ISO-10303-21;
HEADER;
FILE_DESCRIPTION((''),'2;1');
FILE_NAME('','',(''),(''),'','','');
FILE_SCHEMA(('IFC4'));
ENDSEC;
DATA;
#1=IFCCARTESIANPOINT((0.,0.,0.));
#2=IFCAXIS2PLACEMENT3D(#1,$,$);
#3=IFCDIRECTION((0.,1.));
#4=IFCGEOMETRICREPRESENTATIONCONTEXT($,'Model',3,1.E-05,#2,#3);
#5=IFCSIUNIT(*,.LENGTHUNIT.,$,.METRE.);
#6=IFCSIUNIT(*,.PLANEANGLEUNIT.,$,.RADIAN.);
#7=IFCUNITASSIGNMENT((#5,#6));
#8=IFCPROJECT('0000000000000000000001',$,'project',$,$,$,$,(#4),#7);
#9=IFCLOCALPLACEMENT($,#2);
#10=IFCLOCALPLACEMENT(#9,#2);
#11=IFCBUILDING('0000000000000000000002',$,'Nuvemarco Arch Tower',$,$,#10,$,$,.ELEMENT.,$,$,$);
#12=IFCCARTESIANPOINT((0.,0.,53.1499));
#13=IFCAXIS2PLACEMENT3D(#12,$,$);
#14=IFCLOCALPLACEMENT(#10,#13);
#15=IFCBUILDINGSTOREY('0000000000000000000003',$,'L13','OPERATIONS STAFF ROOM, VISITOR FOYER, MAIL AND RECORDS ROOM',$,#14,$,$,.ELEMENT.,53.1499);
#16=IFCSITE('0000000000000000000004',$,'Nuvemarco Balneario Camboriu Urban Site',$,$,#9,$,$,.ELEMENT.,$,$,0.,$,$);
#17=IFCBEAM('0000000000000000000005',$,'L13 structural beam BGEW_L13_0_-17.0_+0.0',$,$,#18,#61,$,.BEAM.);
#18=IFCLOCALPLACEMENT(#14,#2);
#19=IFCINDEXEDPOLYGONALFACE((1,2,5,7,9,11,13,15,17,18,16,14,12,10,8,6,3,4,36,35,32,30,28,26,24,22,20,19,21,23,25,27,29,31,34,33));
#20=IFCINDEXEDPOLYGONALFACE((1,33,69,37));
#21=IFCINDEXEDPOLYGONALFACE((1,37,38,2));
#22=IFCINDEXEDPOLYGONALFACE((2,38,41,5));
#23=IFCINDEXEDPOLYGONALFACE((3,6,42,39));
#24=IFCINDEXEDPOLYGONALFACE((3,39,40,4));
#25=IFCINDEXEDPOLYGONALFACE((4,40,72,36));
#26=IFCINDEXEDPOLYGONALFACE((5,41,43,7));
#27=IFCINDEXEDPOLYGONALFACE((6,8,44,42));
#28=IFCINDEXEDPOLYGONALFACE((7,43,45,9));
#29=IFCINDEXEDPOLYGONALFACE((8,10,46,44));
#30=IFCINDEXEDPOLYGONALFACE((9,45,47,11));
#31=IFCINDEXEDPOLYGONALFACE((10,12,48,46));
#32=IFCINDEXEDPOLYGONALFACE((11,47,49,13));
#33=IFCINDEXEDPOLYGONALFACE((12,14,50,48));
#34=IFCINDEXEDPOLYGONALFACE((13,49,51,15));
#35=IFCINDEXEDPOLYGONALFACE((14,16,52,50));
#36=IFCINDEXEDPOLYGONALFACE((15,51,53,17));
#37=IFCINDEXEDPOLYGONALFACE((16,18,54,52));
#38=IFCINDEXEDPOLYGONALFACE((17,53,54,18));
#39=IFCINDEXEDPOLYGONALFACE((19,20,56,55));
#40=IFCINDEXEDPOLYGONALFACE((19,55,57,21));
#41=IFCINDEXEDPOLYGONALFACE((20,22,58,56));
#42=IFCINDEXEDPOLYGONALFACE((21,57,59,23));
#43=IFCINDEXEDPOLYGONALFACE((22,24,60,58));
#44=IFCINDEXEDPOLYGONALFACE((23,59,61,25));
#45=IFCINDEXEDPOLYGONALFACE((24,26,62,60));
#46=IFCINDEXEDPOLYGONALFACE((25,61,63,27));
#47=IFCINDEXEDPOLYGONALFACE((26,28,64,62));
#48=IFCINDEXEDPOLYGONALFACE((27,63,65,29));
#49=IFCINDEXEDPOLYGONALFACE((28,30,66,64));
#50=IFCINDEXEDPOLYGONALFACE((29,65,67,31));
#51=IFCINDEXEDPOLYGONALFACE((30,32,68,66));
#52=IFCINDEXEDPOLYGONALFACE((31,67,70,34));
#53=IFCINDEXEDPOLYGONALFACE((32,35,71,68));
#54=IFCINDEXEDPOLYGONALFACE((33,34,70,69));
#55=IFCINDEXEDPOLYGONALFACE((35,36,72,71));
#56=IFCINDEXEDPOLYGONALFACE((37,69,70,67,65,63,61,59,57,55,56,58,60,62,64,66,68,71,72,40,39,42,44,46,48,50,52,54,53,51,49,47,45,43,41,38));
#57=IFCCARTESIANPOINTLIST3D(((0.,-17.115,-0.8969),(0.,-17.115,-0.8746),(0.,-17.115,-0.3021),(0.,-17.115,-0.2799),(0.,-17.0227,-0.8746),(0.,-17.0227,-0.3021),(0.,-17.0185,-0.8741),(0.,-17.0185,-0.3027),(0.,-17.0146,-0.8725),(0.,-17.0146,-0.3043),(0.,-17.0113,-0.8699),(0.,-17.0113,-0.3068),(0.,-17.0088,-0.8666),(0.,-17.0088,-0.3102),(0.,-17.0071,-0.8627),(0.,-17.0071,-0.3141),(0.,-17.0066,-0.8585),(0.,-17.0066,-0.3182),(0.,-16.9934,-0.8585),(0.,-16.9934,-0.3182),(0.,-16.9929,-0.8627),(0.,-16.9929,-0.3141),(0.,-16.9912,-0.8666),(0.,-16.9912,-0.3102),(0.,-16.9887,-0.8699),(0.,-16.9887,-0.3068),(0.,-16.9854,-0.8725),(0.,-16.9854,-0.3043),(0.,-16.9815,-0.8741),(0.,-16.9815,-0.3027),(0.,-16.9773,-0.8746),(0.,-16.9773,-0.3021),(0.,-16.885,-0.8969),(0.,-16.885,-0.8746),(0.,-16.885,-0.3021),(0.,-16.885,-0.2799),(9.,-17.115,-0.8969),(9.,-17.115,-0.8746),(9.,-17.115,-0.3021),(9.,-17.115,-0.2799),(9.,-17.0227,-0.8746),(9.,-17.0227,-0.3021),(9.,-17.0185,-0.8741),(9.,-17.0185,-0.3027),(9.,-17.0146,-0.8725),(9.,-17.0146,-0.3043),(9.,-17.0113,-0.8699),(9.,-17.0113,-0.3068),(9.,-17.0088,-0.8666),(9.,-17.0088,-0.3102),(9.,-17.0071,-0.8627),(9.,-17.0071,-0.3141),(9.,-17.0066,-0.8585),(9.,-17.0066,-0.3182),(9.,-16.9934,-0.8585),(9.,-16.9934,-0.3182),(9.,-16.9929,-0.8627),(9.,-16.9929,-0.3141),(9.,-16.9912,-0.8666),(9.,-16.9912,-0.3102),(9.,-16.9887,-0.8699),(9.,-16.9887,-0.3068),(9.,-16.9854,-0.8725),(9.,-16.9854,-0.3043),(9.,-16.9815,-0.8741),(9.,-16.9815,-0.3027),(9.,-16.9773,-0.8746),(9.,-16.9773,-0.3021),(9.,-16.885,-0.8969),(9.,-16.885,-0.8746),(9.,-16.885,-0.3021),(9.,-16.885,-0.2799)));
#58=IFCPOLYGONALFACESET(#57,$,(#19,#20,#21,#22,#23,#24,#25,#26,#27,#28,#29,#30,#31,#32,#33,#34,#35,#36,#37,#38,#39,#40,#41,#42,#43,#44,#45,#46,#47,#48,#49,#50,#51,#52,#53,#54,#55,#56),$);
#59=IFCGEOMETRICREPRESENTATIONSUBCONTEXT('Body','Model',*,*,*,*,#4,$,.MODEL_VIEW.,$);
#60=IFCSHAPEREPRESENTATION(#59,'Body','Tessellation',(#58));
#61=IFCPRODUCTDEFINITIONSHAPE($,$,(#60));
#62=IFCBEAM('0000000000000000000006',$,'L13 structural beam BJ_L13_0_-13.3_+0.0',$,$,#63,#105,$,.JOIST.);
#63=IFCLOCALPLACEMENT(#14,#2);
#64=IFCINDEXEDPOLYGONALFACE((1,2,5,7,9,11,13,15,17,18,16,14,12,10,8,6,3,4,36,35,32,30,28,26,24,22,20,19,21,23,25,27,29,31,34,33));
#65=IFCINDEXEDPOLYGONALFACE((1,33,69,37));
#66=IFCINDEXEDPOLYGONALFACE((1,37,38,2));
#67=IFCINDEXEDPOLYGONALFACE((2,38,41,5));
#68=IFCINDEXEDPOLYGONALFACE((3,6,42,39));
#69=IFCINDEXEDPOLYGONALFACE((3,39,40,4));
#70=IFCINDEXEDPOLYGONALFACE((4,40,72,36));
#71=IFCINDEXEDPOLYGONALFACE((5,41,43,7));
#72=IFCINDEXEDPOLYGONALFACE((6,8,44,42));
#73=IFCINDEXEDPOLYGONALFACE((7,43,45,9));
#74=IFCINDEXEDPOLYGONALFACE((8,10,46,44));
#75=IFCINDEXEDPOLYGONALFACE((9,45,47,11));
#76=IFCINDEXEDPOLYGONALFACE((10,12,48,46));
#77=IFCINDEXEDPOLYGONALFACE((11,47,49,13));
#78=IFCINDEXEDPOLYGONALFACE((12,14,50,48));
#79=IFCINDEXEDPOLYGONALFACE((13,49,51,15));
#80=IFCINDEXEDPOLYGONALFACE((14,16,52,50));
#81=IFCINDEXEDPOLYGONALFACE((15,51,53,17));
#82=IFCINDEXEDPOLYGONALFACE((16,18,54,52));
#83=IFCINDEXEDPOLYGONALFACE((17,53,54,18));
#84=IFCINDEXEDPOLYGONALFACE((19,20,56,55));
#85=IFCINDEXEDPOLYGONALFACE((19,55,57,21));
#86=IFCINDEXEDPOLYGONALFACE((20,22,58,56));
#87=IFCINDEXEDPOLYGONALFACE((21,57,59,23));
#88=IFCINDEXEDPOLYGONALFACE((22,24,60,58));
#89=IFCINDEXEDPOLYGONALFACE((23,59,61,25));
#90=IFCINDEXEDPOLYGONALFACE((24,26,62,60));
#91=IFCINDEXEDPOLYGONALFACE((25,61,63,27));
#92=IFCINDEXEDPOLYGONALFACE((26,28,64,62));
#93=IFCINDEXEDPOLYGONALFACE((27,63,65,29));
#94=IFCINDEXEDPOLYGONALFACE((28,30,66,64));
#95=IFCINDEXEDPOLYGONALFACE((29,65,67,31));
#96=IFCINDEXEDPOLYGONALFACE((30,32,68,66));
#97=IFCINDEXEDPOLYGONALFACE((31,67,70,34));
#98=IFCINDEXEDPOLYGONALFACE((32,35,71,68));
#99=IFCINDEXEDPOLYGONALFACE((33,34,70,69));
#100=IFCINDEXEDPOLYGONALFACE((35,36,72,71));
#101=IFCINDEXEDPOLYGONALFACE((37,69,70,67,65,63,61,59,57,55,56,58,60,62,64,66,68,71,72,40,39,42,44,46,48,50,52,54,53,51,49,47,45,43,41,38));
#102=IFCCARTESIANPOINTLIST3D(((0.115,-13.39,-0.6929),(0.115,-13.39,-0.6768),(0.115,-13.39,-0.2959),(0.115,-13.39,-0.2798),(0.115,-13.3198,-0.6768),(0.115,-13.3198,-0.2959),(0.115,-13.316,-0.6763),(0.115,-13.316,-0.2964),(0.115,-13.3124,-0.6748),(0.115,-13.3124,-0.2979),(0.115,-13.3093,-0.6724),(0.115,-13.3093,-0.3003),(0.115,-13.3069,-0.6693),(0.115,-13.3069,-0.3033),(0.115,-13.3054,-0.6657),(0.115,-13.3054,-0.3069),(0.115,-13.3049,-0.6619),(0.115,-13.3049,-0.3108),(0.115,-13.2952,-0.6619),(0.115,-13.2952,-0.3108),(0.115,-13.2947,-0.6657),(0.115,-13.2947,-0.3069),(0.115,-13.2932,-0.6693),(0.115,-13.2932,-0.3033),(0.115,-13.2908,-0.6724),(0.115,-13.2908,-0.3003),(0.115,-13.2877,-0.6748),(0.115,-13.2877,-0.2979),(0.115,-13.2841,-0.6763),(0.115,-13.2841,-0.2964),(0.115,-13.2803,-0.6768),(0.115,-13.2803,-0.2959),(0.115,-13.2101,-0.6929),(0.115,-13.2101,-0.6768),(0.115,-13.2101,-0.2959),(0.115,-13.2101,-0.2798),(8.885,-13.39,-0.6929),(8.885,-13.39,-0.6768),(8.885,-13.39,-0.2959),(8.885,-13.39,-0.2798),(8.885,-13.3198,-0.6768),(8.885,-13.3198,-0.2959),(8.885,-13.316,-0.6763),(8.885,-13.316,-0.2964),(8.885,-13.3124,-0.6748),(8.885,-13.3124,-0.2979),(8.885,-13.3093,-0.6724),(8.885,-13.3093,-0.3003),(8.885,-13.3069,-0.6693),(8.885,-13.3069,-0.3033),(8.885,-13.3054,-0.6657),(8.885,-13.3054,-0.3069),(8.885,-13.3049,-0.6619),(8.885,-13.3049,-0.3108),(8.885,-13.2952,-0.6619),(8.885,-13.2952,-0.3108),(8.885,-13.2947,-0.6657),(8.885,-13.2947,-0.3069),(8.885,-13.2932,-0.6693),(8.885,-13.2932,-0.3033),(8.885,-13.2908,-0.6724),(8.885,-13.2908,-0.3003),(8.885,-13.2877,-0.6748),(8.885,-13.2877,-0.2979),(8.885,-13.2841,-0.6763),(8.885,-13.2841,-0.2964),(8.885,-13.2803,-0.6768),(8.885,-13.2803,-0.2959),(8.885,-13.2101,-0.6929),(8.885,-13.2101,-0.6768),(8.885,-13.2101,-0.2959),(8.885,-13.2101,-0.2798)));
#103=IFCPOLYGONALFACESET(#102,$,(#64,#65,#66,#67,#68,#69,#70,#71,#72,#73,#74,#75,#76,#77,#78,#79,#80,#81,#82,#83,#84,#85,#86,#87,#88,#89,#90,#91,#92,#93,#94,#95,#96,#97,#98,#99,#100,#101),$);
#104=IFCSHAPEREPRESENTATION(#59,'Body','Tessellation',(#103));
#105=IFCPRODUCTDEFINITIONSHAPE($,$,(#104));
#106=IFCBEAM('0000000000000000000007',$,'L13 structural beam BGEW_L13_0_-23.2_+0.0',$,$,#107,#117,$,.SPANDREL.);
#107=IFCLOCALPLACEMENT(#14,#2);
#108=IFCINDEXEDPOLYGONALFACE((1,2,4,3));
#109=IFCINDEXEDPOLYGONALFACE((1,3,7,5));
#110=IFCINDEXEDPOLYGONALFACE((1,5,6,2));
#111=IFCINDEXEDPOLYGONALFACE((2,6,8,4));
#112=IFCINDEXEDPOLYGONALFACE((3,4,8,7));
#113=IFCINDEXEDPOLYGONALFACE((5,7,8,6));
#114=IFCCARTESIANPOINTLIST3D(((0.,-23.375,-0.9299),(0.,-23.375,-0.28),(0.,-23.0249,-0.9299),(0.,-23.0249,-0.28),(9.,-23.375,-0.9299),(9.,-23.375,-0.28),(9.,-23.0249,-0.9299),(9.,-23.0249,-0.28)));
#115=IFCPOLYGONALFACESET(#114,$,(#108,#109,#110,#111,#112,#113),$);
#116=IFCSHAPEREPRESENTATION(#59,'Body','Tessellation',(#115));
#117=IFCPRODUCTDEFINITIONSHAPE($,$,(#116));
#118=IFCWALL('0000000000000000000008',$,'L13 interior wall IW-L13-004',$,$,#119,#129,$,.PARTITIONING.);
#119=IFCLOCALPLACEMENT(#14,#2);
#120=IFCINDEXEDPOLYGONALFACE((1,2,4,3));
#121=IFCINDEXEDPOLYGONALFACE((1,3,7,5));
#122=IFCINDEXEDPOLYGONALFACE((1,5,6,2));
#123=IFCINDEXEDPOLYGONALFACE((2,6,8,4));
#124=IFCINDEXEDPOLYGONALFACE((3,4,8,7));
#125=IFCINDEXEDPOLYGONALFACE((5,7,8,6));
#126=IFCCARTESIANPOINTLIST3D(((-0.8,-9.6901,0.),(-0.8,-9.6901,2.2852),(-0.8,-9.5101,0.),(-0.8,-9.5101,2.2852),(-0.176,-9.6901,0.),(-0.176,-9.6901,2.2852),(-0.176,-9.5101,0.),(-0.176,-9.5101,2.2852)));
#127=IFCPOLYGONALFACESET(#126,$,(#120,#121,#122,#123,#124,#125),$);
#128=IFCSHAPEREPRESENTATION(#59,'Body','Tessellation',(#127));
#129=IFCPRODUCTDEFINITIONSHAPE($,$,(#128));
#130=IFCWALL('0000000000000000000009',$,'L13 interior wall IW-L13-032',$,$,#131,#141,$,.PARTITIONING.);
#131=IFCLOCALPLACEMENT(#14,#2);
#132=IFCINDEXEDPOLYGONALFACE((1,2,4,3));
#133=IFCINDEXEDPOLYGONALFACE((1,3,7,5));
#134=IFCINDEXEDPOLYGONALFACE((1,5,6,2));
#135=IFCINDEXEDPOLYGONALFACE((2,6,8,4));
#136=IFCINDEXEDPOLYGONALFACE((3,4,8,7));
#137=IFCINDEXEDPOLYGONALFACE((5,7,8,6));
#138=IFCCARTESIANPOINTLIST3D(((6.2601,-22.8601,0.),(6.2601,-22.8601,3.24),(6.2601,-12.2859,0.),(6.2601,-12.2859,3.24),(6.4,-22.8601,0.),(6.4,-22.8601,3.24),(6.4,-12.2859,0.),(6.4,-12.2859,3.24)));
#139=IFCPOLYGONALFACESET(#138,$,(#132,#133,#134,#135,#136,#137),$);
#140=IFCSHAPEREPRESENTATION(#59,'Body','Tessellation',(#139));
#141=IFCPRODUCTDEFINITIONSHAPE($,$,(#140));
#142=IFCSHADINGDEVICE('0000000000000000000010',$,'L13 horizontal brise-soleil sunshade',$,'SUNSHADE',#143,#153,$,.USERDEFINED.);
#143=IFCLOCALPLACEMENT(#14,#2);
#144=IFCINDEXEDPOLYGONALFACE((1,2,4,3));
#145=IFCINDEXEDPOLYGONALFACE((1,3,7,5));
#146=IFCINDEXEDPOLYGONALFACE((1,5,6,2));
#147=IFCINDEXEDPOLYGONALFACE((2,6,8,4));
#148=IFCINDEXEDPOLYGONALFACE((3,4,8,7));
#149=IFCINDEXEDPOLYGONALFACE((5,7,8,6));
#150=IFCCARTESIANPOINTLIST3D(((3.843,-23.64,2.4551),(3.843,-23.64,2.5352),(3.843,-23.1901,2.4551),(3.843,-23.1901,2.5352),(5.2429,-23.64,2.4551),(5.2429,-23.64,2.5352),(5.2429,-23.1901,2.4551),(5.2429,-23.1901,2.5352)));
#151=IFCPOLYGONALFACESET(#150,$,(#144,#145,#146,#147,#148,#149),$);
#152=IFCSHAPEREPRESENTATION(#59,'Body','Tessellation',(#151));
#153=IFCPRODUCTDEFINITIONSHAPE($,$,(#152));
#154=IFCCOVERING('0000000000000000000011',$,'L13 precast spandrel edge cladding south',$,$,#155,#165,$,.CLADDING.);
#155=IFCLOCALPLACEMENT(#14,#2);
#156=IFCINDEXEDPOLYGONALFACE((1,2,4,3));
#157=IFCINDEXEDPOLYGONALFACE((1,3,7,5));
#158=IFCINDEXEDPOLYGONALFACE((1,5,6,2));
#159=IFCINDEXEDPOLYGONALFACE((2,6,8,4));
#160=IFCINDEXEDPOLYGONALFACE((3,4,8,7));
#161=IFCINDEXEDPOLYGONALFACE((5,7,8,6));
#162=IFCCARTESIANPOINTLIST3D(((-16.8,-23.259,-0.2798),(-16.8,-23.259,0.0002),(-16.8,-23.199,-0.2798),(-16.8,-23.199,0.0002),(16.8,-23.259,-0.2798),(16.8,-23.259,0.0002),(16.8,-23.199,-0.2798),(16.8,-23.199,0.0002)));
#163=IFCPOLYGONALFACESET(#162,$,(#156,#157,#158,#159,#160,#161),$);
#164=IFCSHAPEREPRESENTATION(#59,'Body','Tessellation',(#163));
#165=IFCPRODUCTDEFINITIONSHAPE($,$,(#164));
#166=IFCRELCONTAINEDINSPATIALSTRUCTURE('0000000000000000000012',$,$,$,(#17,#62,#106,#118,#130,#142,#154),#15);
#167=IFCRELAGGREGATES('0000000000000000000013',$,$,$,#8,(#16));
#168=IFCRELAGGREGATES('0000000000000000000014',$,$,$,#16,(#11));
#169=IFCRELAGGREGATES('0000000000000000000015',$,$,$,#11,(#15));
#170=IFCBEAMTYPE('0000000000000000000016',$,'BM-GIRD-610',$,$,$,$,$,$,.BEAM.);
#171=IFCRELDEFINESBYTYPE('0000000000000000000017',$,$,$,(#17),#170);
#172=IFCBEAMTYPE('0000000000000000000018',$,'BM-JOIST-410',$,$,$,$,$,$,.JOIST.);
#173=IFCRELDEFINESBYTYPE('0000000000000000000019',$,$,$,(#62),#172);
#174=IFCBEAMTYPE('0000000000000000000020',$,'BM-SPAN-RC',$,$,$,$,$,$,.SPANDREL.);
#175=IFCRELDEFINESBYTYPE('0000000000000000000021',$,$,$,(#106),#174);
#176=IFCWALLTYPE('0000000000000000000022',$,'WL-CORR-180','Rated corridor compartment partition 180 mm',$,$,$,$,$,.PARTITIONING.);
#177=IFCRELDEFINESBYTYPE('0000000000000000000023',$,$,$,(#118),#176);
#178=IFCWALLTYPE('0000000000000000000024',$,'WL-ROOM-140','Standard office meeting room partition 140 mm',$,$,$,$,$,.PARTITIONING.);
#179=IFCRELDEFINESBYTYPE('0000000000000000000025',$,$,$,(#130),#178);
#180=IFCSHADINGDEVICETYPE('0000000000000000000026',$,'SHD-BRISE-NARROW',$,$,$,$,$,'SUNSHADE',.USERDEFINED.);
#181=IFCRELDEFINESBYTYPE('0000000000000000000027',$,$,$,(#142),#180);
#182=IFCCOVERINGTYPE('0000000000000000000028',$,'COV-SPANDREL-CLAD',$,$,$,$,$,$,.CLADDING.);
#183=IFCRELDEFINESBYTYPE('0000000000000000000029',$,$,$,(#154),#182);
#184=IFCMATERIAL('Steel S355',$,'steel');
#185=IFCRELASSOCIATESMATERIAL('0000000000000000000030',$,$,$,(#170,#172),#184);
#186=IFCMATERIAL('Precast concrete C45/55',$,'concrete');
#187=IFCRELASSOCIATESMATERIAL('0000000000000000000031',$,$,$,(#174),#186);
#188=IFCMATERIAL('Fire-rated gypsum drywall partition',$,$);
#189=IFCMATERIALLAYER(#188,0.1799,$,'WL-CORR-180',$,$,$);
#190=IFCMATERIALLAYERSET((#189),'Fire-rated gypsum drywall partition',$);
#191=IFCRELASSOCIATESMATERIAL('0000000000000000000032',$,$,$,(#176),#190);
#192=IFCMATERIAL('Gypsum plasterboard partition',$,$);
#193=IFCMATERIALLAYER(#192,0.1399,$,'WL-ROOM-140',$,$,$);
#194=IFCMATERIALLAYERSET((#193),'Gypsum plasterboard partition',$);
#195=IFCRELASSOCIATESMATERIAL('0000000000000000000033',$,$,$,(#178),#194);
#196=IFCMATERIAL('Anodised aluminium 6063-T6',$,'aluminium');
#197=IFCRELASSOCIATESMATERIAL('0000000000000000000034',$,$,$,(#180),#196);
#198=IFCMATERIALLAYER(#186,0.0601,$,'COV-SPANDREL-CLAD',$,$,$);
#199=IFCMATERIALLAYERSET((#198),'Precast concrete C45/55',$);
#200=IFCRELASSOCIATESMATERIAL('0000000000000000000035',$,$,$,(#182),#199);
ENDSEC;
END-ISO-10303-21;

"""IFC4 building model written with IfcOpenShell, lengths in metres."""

from ifc_helpers import new_model, si_unit, direction, frame, frame_2d, origin, origin_2d, place, context, subcontext, project, spatial, rectangle, i_section, extrude, source, transform, mapped, material, layer, layer_set, material_profile, profile_set, type_object, type_shapes, element, save


model = new_model("IFC4")

# Units and contexts
model_context = context("Model", 3, precision=1e-05, world=origin(), true_north=direction((0.0, 1.0)))
body_context = subcontext(model_context, "Body", "Model", "MODEL_VIEW")
ifc_project = project(units=[si_unit("LENGTHUNIT", "METRE"), si_unit("PLANEANGLEUNIT", "RADIAN")], contexts=[model_context])

# Site, building, storey
site_placement = place(None, origin())
site = spatial("IfcSite", under=ifc_project, at=site_placement, Name="Nuvemarco Balneario Camboriu Urban Site", CompositionType="ELEMENT", RefElevation=0.0)
building_placement = place(site_placement, origin())
building = spatial("IfcBuilding", under=site, at=building_placement, Name="Nuvemarco Arch Tower", CompositionType="ELEMENT")
storey_placement = place(building_placement, frame((0.0, 0.0, 53.1499)))
storey = spatial("IfcBuildingStorey", under=building, at=storey_placement, Name="L13", Description="OPERATIONS STAFF ROOM, VISITOR FOYER, MAIL AND RECORDS ROOM", CompositionType="ELEMENT", Elevation=53.1499)

# Shared definitions
ifc_material_1 = material(Name="Steel S355", Category="steel")

# Beams
ifc_material_profile_1 = material_profile(ifc_material_1, i_section(OverallWidth=0.23, OverallDepth=0.6169, WebThickness=0.0132, FlangeThickness=0.0222, FilletRadius=0.0161, at=origin_2d()), Name="W610x140")
ifc_profile_set_1 = profile_set([ifc_material_profile_1], Name="Steel S355")
beam_type_1 = type_object("IfcBeamType", Name="BM-GIRD-610", PredefinedType="BEAM", material=ifc_profile_set_1)
beam_1_placement = place(storey_placement, frame((0.0, -17.0, -0.5884), z_axis=(1.0, 0.0, 0.0), x_axis=(0.0, 1.0, 0.0)))
element("IfcBeam", 1, at=beam_1_placement, inside=storey, type_object=beam_type_1, Name="L13 structural beam BGEW_L13_0_-17.0_+0.0", PredefinedType="BEAM", context=body_context, shape_type="SweptSolid", body=[
    extrude(i_section(OverallWidth=0.23, OverallDepth=0.6169, WebThickness=0.0132, FlangeThickness=0.0222, FilletRadius=0.0161, at=origin_2d()), origin(), (0.0, 0.0, 1.0), 9.0),
])
ifc_material_profile_2 = material_profile(ifc_material_1, i_section(OverallWidth=0.1799, OverallDepth=0.4131, WebThickness=0.0098, FlangeThickness=0.0161, FilletRadius=0.0149, at=origin_2d()), Name="W410x75")
ifc_profile_set_2 = profile_set([ifc_material_profile_2], Name="Steel S355")
beam_type_2 = type_object("IfcBeamType", Name="BM-JOIST-410", PredefinedType="JOIST", material=ifc_profile_set_2)
beam_2_placement = place(storey_placement, frame((0.115, -13.3, -0.4863), z_axis=(1.0, 0.0, 0.0), x_axis=(0.0, 1.0, 0.0)))
element("IfcBeam", 2, at=beam_2_placement, inside=storey, type_object=beam_type_2, Name="L13 structural beam BJ_L13_0_-13.3_+0.0", PredefinedType="JOIST", context=body_context, shape_type="SweptSolid", body=[
    extrude(i_section(OverallWidth=0.1799, OverallDepth=0.4131, WebThickness=0.0098, FlangeThickness=0.0161, FilletRadius=0.0149, at=origin_2d()), origin(), (0.0, 0.0, 1.0), 8.77),
])
ifc_material_2 = material(Name="Precast concrete C45/55", Category="concrete")
ifc_material_profile_3 = material_profile(ifc_material_2, rectangle(XDim=0.3501, YDim=0.6499, at=origin_2d()), Name="PC-SP-350x650")
ifc_profile_set_3 = profile_set([ifc_material_profile_3], Name="Precast concrete C45/55")
beam_type_3 = type_object("IfcBeamType", Name="BM-SPAN-RC", PredefinedType="SPANDREL", material=ifc_profile_set_3)
beam_3_placement = place(storey_placement, frame((0.0, -23.2, -0.605), z_axis=(1.0, 0.0, 0.0), x_axis=(0.0, 1.0, 0.0)))
element("IfcBeam", 3, at=beam_3_placement, inside=storey, type_object=beam_type_3, Name="L13 structural beam BGEW_L13_0_-23.2_+0.0", PredefinedType="SPANDREL", context=body_context, shape_type="SweptSolid", body=[
    extrude(rectangle(XDim=0.3501, YDim=0.6499, at=origin_2d()), origin(), (0.0, 0.0, 1.0), 9.0),
])

# Walls
ifc_material_3 = material(Name="Fire-rated gypsum drywall partition")
ifc_layer_1 = layer(ifc_material_3, 0.1799, Name="WL-CORR-180")
ifc_layer_set_1 = layer_set([ifc_layer_1], Name="Fire-rated gypsum drywall partition")
wall_type_1 = type_object("IfcWallType", Name="WL-CORR-180", Description="Rated corridor compartment partition 180 mm", PredefinedType="PARTITIONING", material=ifc_layer_set_1)
wall_1_placement = place(storey_placement, frame((-0.8, -9.6001, 0.0), z_axis=(0.0, 0.0, 1.0), x_axis=(1.0, 0.0, 0.0)))
element("IfcWall", 4, at=wall_1_placement, inside=storey, type_object=wall_type_1, Name="L13 interior wall IW-L13-004", PredefinedType="PARTITIONING", context=body_context, shape_type="SweptSolid", body=[
    extrude(rectangle(XDim=0.624, YDim=0.1799, at=frame_2d((0.312, 0.0))), origin(), (0.0, 0.0, 1.0), 2.2852),
])
ifc_material_4 = material(Name="Gypsum plasterboard partition")
ifc_layer_2 = layer(ifc_material_4, 0.1399, Name="WL-ROOM-140")
ifc_layer_set_2 = layer_set([ifc_layer_2], Name="Gypsum plasterboard partition")
wall_type_2 = type_object("IfcWallType", Name="WL-ROOM-140", Description="Standard office meeting room partition 140 mm", PredefinedType="PARTITIONING", material=ifc_layer_set_2)
wall_2_placement = place(storey_placement, frame((6.3301, -22.8601, 0.0), z_axis=(0.0, 0.0, 1.0), x_axis=(0.0, 1.0, 0.0)))
element("IfcWall", 5, at=wall_2_placement, inside=storey, type_object=wall_type_2, Name="L13 interior wall IW-L13-032", PredefinedType="PARTITIONING", context=body_context, shape_type="SweptSolid", body=[
    extrude(rectangle(XDim=10.5742, YDim=0.1399, at=frame_2d((5.2871, 0.0))), origin(), (0.0, 0.0, 1.0), 3.24),
])

# Shading device
ifc_material_5 = material(Name="Anodised aluminium 6063-T6", Category="aluminium")
shading_device_type = type_object("IfcShadingDeviceType", Name="SHD-BRISE-NARROW", ElementType="SUNSHADE", PredefinedType="USERDEFINED", material=ifc_material_5)
shared_shape_1 = source(origin(), body_context, "Body", "SweptSolid", [
    extrude(rectangle(XDim=1.3999, YDim=0.45, at=origin_2d()), origin(), (0.0, 0.0, 1.0), 0.0801),
])
type_shapes(shading_device_type, [shared_shape_1])
shading_device_placement = place(storey_placement, frame((4.543, -23.415, 2.4551), z_axis=(0.0, 0.0, 1.0), x_axis=(1.0, 0.0, 0.0)))
element("IfcShadingDevice", 6, at=shading_device_placement, inside=storey, type_object=shading_device_type, Name="L13 horizontal brise-soleil sunshade", ObjectType="SUNSHADE", PredefinedType="USERDEFINED", context=body_context, shape_type="MappedRepresentation", body=[
    mapped(shared_shape_1, transform((0.0, 0.0, 0.0), scale=1.0)),
])

# Covering
ifc_layer_3 = layer(ifc_material_2, 0.0601, Name="COV-SPANDREL-CLAD")
ifc_layer_set_3 = layer_set([ifc_layer_3], Name="Precast concrete C45/55")
covering_type = type_object("IfcCoveringType", Name="COV-SPANDREL-CLAD", PredefinedType="CLADDING", material=ifc_layer_set_3)
shared_shape_2 = source(origin(), body_context, "Body", "SweptSolid", [
    extrude(rectangle(XDim=33.6001, YDim=0.0601, at=origin_2d()), origin(), (0.0, 0.0, 1.0), 0.28),
])
type_shapes(covering_type, [shared_shape_2])
covering_placement = place(storey_placement, frame((0.0, -23.229, -0.2798), z_axis=(0.0, 0.0, 1.0), x_axis=(1.0, 0.0, 0.0)))
element("IfcCovering", 7, at=covering_placement, inside=storey, type_object=covering_type, Name="L13 precast spandrel edge cladding south", PredefinedType="CLADDING", context=body_context, shape_type="MappedRepresentation", body=[
    mapped(shared_shape_2, transform((0.0, 0.0, 0.0), scale=1.0)),
])

save(model, "model.ifc")
